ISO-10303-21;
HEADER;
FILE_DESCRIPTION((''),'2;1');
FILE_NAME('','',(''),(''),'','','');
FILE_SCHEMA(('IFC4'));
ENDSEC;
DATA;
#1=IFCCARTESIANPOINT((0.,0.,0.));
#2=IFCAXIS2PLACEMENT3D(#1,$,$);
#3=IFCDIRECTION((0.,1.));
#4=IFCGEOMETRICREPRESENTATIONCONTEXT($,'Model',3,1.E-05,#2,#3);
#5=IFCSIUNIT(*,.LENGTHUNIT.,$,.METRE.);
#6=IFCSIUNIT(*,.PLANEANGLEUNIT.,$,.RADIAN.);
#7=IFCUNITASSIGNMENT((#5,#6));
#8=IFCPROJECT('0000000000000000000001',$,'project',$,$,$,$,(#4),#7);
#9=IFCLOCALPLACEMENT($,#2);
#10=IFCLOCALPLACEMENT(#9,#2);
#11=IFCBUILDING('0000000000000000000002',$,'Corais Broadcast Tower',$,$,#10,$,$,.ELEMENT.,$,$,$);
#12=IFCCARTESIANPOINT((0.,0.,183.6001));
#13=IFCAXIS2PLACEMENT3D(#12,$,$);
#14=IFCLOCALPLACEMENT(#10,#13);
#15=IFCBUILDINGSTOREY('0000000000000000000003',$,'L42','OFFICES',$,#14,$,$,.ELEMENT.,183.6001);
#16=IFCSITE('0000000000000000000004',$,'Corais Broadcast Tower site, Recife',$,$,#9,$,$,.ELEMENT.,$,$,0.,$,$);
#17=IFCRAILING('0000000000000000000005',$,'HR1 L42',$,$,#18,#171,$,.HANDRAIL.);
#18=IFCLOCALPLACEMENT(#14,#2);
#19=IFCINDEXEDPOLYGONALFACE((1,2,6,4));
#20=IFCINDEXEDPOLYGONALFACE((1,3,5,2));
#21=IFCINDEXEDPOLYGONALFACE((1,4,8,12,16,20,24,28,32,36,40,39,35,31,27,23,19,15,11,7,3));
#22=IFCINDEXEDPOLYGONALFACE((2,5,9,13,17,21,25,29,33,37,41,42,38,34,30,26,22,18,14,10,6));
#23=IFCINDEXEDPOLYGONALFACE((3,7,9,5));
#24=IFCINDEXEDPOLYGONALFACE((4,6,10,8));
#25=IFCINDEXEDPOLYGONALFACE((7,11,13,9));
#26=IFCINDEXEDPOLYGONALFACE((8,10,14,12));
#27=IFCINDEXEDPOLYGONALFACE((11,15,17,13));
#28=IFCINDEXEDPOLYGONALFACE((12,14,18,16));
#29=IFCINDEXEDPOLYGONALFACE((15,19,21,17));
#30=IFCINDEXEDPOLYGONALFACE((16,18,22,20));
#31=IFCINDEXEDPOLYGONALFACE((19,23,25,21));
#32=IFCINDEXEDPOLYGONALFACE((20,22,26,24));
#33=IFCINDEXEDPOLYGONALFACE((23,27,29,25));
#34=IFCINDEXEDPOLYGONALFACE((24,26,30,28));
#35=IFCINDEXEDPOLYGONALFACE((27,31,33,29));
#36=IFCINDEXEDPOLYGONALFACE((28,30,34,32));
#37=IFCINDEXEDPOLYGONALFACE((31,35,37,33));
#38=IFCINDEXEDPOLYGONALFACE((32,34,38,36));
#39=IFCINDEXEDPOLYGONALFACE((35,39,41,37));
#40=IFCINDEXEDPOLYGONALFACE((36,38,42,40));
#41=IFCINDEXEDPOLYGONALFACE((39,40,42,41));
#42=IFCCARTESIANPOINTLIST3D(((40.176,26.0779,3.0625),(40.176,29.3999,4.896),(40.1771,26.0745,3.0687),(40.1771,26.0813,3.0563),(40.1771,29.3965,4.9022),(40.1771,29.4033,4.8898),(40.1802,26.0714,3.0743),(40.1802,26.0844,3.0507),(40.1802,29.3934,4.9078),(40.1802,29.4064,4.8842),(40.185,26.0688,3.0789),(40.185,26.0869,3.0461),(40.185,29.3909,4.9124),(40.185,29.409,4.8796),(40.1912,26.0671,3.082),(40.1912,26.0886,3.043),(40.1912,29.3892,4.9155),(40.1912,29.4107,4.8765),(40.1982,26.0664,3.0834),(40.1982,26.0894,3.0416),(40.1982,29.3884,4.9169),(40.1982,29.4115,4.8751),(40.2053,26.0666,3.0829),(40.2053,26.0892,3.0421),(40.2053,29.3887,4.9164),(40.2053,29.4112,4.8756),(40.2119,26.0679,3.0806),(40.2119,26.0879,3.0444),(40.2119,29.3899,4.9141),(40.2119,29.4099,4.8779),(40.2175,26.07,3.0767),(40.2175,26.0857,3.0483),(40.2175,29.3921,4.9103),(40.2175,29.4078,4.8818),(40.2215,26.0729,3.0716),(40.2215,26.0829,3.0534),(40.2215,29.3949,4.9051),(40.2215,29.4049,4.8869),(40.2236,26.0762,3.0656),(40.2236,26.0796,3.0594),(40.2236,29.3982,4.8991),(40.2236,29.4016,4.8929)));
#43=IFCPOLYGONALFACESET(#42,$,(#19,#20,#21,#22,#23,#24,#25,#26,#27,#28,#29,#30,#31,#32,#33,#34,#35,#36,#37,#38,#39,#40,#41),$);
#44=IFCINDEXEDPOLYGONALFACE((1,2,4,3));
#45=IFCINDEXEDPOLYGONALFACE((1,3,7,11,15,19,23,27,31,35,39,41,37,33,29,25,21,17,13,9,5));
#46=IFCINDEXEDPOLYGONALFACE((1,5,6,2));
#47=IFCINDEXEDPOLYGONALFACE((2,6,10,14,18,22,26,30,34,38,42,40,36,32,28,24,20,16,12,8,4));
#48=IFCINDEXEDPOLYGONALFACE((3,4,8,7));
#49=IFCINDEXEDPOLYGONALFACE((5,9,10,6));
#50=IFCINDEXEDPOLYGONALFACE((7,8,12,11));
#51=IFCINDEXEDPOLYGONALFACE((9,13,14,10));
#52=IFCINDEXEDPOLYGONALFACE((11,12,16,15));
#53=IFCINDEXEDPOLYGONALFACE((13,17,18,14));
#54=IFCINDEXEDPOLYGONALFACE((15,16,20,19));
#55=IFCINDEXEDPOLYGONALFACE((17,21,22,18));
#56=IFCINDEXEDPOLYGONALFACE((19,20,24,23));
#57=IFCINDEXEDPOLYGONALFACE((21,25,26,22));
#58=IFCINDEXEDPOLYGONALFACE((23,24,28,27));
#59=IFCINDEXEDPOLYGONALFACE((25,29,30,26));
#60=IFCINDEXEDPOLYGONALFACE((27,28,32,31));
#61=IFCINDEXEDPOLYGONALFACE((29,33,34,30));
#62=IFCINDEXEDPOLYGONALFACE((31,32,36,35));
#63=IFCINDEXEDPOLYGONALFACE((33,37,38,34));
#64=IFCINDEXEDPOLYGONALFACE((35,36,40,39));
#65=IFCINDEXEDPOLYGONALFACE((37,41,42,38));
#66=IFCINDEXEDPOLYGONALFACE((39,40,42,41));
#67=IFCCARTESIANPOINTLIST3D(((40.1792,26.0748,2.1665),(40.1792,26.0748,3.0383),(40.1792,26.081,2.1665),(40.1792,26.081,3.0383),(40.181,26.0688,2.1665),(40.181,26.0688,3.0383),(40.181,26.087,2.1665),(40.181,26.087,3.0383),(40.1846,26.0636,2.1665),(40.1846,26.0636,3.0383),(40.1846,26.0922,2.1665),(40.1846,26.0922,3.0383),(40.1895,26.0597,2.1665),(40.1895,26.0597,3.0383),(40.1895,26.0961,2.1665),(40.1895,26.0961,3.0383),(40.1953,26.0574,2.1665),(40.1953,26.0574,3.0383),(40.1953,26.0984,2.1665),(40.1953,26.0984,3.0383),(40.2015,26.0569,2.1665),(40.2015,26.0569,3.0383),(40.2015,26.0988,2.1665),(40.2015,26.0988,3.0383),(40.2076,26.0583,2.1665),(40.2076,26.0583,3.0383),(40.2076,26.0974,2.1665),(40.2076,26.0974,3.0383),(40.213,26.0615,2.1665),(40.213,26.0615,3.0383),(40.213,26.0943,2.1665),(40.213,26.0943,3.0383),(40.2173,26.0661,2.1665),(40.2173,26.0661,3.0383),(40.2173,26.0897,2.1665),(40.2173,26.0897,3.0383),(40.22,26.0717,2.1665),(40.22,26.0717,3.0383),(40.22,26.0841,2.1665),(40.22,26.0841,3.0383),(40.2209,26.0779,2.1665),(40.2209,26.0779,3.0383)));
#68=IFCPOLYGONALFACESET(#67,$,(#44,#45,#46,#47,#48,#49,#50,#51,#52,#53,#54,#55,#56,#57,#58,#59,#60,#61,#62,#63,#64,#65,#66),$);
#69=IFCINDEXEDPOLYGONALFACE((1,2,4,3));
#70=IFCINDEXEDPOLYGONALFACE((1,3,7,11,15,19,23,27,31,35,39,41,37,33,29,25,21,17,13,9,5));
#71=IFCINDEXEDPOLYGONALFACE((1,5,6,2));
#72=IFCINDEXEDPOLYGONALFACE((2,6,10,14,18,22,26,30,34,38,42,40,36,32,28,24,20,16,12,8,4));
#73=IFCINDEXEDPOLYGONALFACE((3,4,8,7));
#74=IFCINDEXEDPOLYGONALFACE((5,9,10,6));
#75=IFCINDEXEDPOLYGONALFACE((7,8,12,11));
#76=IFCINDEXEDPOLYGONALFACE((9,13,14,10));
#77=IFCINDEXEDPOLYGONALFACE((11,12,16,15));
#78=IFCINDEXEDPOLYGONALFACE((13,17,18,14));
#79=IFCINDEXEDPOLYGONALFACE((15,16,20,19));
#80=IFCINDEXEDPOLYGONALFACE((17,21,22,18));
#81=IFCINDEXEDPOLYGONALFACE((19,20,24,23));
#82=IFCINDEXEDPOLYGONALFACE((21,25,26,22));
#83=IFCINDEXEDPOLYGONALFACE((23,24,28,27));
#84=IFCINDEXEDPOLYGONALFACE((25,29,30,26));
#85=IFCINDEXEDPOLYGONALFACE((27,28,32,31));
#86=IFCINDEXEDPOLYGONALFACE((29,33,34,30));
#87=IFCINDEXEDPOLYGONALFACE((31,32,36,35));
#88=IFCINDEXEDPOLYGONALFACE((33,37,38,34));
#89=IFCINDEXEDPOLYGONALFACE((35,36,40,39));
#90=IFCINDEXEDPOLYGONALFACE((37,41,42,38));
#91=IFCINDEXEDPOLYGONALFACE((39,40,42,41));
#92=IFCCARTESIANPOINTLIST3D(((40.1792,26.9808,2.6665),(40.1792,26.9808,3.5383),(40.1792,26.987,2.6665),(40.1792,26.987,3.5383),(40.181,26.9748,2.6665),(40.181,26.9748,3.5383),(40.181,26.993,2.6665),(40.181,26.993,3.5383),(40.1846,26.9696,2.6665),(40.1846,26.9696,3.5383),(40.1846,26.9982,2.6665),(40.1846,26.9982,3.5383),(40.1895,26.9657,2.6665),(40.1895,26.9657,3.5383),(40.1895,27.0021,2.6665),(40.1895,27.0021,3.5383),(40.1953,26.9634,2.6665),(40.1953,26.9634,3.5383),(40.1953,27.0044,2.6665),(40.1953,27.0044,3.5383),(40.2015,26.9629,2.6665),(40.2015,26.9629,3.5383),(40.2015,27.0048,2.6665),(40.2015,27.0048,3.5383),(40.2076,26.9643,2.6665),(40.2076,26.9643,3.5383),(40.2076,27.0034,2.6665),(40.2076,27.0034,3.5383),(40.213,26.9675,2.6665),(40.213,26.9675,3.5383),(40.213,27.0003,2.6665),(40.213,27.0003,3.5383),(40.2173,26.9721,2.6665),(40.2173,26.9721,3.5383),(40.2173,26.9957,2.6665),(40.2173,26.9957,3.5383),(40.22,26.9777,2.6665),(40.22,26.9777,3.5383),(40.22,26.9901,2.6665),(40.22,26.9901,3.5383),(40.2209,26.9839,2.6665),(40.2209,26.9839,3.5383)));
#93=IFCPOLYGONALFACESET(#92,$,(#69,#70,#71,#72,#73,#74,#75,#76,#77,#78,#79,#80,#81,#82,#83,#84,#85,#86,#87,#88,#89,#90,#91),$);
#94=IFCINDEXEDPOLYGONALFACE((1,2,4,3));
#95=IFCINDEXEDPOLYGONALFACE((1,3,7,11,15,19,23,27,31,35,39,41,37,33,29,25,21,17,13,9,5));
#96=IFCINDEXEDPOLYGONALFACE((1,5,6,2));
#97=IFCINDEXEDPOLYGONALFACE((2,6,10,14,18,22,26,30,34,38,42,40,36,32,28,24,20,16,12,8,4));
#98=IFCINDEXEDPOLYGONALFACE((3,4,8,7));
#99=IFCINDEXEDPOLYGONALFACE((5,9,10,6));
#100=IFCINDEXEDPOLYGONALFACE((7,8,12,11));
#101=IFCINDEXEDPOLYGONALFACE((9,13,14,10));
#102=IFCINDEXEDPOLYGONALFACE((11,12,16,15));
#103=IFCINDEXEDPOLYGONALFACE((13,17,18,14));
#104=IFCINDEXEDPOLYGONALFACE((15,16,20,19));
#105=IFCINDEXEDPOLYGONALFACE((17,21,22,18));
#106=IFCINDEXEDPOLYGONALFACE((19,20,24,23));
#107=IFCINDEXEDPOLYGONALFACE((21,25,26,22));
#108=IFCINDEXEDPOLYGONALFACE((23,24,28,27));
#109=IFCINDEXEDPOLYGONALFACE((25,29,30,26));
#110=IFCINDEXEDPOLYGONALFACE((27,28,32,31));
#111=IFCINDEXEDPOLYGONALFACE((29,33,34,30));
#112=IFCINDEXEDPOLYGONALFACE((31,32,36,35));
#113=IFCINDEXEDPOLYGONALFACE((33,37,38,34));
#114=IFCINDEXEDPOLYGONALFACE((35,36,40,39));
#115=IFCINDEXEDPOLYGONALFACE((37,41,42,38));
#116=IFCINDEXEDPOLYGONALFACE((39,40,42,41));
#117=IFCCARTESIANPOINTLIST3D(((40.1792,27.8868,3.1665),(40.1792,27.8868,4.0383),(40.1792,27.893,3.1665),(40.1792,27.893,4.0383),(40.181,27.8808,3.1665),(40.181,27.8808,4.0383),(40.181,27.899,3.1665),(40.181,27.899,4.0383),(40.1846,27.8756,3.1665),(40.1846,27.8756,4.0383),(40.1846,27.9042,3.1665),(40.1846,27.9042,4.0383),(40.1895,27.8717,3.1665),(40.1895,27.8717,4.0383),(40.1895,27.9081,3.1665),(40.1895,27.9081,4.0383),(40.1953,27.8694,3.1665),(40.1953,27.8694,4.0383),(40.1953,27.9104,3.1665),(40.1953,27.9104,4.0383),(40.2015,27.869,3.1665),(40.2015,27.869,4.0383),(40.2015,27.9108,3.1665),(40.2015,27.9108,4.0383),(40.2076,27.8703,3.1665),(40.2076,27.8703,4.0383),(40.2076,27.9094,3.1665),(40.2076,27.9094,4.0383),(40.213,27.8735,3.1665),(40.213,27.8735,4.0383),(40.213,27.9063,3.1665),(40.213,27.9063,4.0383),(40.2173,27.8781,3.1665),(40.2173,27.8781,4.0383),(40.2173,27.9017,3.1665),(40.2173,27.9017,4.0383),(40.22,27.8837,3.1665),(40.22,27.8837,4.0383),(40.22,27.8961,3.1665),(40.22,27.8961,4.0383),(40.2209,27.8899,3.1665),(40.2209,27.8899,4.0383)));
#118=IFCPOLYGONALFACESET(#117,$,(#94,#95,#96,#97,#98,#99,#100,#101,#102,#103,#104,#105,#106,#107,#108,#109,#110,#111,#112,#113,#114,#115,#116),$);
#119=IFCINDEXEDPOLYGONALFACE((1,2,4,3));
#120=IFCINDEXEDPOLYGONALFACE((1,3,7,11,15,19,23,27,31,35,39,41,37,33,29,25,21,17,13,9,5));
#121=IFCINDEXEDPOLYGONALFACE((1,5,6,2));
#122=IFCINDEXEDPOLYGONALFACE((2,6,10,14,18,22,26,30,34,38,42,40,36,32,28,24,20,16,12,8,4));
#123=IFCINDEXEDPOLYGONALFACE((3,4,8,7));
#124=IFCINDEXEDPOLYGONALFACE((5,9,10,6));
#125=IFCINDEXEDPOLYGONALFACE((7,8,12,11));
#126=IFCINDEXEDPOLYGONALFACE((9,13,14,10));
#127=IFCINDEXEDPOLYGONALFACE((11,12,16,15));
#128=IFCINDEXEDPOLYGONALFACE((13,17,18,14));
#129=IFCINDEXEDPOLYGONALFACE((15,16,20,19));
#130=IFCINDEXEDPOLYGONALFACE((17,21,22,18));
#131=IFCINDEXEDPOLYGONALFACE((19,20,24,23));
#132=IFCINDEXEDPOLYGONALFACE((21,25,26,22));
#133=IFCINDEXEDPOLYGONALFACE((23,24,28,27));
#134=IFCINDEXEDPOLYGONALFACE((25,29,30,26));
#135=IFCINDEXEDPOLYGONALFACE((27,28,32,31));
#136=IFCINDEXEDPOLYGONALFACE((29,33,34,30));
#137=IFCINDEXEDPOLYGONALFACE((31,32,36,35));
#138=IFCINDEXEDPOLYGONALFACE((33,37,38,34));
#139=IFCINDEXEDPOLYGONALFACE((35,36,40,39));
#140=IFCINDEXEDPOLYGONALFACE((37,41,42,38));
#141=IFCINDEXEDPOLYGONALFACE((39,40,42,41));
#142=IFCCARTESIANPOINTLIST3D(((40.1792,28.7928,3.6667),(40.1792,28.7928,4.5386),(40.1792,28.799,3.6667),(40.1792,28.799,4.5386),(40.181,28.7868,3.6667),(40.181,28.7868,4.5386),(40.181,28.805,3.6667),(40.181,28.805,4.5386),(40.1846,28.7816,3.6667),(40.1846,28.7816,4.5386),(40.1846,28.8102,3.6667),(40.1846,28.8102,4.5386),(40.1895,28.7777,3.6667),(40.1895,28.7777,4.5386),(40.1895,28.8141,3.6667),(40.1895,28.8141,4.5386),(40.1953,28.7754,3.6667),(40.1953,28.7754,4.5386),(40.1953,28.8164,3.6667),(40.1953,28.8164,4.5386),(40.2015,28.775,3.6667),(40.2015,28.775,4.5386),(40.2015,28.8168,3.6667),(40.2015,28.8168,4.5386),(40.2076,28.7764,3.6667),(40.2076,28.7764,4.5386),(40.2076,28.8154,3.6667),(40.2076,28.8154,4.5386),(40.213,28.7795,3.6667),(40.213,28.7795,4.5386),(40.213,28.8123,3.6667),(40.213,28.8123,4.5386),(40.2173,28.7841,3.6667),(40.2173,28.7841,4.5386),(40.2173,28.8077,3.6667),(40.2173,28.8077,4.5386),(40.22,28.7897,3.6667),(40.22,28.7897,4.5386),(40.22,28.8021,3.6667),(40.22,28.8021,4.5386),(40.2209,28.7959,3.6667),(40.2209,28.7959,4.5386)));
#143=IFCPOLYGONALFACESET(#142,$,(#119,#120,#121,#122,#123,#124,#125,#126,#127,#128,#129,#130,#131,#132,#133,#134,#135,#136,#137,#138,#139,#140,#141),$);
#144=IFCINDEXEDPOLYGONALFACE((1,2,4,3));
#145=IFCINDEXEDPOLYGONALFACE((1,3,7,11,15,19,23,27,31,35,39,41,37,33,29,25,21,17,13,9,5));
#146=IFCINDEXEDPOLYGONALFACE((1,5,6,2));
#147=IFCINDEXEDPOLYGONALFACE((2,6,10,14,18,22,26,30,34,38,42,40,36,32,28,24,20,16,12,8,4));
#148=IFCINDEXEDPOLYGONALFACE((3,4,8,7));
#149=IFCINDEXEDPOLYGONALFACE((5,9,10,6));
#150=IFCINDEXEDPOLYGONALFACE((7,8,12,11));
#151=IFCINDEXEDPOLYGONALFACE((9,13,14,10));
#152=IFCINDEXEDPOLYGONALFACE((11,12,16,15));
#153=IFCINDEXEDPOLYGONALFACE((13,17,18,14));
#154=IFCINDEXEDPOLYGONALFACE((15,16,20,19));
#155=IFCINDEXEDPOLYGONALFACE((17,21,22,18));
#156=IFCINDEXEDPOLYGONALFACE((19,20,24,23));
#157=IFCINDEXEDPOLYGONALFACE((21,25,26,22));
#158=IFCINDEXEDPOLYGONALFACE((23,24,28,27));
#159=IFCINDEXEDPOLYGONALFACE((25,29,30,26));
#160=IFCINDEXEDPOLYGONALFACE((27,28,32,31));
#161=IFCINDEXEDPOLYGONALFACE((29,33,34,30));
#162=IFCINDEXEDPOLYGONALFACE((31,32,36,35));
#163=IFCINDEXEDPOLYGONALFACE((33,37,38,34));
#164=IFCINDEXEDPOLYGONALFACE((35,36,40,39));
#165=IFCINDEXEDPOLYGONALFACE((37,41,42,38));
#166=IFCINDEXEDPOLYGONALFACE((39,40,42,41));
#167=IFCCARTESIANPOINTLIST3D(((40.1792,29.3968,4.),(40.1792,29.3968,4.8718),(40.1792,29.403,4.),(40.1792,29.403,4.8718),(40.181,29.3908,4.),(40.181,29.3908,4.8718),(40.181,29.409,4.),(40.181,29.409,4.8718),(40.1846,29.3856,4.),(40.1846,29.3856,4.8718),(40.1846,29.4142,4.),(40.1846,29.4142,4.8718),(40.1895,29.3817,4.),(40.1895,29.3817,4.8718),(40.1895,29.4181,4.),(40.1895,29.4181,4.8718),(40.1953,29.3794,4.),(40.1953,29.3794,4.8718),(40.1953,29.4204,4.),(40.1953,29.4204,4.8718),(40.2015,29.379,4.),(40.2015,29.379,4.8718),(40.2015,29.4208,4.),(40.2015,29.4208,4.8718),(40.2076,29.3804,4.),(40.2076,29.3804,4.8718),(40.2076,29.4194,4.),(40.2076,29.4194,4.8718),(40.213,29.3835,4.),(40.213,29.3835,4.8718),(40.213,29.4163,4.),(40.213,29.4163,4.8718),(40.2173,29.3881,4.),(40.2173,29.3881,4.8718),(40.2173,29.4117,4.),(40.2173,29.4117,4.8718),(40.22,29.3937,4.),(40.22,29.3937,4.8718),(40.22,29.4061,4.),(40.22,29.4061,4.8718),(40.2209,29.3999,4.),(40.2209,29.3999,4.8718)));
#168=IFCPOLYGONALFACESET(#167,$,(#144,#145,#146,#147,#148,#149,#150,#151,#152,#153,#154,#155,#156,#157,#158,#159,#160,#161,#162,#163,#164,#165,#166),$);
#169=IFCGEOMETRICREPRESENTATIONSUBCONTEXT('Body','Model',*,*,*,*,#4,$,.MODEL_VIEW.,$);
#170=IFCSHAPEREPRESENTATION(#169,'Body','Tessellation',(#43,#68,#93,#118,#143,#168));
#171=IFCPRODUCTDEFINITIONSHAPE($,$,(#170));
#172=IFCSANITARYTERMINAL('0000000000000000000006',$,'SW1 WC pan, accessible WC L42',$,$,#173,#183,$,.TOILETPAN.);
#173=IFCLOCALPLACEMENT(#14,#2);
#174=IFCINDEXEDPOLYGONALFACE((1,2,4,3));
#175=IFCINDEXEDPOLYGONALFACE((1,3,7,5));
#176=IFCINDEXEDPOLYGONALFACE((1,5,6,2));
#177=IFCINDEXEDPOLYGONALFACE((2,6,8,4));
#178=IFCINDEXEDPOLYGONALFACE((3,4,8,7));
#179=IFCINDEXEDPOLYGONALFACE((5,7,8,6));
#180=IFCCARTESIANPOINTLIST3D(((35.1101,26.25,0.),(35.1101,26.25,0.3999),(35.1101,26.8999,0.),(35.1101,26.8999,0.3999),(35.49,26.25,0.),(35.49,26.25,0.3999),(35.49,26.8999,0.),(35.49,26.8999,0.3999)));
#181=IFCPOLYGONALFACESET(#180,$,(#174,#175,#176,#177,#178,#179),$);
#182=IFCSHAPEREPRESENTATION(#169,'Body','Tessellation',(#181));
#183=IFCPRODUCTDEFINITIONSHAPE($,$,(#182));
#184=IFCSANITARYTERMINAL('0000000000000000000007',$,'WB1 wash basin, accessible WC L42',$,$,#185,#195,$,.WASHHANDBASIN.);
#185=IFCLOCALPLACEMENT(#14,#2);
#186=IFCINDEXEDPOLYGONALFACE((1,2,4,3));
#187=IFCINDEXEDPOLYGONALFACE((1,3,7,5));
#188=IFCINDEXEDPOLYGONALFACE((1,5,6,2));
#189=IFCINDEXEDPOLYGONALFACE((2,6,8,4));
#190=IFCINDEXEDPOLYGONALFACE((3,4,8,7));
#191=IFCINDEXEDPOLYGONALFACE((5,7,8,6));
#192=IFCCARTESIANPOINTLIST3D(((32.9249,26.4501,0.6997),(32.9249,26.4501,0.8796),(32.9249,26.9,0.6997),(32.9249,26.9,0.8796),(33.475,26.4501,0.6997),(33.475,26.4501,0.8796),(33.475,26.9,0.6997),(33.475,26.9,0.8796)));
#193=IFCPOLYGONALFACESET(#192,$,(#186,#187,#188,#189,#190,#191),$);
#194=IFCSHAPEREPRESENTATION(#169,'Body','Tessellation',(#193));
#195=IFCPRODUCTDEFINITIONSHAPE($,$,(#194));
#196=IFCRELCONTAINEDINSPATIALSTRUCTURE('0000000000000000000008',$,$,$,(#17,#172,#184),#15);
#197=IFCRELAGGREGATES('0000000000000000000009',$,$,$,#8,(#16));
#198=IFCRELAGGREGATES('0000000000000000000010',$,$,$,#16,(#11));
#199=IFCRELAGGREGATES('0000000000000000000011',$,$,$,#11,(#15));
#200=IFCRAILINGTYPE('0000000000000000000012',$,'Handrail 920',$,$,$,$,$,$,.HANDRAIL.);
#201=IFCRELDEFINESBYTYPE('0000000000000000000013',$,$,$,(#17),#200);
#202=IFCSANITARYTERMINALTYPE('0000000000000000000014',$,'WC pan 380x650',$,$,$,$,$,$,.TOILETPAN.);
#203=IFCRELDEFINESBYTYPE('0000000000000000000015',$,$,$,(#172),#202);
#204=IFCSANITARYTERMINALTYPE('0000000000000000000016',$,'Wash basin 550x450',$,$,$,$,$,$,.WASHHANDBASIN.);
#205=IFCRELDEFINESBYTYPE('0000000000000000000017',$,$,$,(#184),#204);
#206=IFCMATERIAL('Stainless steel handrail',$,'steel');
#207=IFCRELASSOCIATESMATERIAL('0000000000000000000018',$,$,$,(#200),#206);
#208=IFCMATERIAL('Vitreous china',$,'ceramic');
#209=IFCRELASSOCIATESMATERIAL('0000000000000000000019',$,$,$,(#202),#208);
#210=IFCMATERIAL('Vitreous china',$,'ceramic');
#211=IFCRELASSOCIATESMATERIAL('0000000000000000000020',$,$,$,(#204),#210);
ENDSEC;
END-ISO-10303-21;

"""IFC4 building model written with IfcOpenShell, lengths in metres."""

from ifc_helpers import new_model, si_unit, direction, frame, origin, origin_2d, place, context, subcontext, project, spatial, rectangle, circle, extrude, material, type_object, element, save


model = new_model("IFC4")

# Units and contexts
model_context = context("Model", 3, precision=1e-05, world=origin(), true_north=direction((0.0, 1.0)))
body_context = subcontext(model_context, "Body", "Model", "MODEL_VIEW")
ifc_project = project(units=[si_unit("LENGTHUNIT", "METRE"), si_unit("PLANEANGLEUNIT", "RADIAN")], contexts=[model_context])

# Site, building, storey
site_placement = place(None, origin())
site = spatial("IfcSite", under=ifc_project, at=site_placement, Name="Corais Broadcast Tower site, Recife", CompositionType="ELEMENT", RefElevation=0.0)
building_placement = place(site_placement, origin())
building = spatial("IfcBuilding", under=site, at=building_placement, Name="Corais Broadcast Tower", CompositionType="ELEMENT")
storey_placement = place(building_placement, frame((0.0, 0.0, 183.6001)))
storey = spatial("IfcBuildingStorey", under=building, at=storey_placement, Name="L42", Description="OFFICES", CompositionType="ELEMENT", Elevation=183.6001)

# Railing
ifc_material_1 = material(Name="Stainless steel handrail", Category="steel")
railing_type = type_object("IfcRailingType", Name="Handrail 920", PredefinedType="HANDRAIL", material=ifc_material_1)
railing_placement = place(storey_placement, frame((40.2, 26.0779, 2.1665)))
element("IfcRailing", 1, at=railing_placement, inside=storey, type_object=railing_type, Name="HR1 L42", PredefinedType="HANDRAIL", context=body_context, shape_type="SweptSolid", body=[
    extrude(circle(Radius=0.0239, at=origin_2d()), frame((0.0, 0.0, 0.896), z_axis=(0.0, 0.875504, 0.48321), x_axis=(-1.0, 0.0, 0.0)), (0.0, 0.0, 1.0), 3.7944),
    extrude(circle(Radius=0.021, at=origin_2d()), origin(), (0.0, 0.0, 1.0), 0.8718),
    extrude(circle(Radius=0.021, at=origin_2d()), frame((0.0, 0.906, 0.5)), (0.0, 0.0, 1.0), 0.8718),
    extrude(circle(Radius=0.021, at=origin_2d()), frame((0.0, 1.812, 1.0)), (0.0, 0.0, 1.0), 0.8718),
    extrude(circle(Radius=0.021, at=origin_2d()), frame((0.0, 2.718, 1.5002)), (0.0, 0.0, 1.0), 0.8718),
    extrude(circle(Radius=0.021, at=origin_2d()), frame((0.0, 3.322, 1.8335)), (0.0, 0.0, 1.0), 0.8718),
])

# Sanitary terminals
ifc_material_2 = material(Name="Vitreous china", Category="ceramic")
sanitary_terminal_type_1 = type_object("IfcSanitaryTerminalType", Name="WC pan 380x650", PredefinedType="TOILETPAN", material=ifc_material_2)
sanitary_terminal_1_placement = place(storey_placement, frame((35.3, 26.575, 0.0), z_axis=(0.0, 0.0, 1.0), x_axis=(1.0, 0.0, 0.0)))
element("IfcSanitaryTerminal", 2, at=sanitary_terminal_1_placement, inside=storey, type_object=sanitary_terminal_type_1, Name="SW1 WC pan, accessible WC L42", PredefinedType="TOILETPAN", context=body_context, shape_type="SweptSolid", body=[
    extrude(rectangle(XDim=0.3799, YDim=0.6499, at=origin_2d()), origin(), (0.0, 0.0, 1.0), 0.3999),
])
ifc_material_3 = material(Name="Vitreous china", Category="ceramic")
sanitary_terminal_type_2 = type_object("IfcSanitaryTerminalType", Name="Wash basin 550x450", PredefinedType="WASHHANDBASIN", material=ifc_material_3)
sanitary_terminal_2_placement = place(storey_placement, frame((33.2, 26.675, 0.6997), z_axis=(0.0, 0.0, 1.0), x_axis=(1.0, 0.0, 0.0)))
element("IfcSanitaryTerminal", 3, at=sanitary_terminal_2_placement, inside=storey, type_object=sanitary_terminal_type_2, Name="WB1 wash basin, accessible WC L42", PredefinedType="WASHHANDBASIN", context=body_context, shape_type="SweptSolid", body=[
    extrude(rectangle(XDim=0.55, YDim=0.45, at=origin_2d()), origin(), (0.0, 0.0, 1.0), 0.1799),
])

save(model, "model.ifc")
